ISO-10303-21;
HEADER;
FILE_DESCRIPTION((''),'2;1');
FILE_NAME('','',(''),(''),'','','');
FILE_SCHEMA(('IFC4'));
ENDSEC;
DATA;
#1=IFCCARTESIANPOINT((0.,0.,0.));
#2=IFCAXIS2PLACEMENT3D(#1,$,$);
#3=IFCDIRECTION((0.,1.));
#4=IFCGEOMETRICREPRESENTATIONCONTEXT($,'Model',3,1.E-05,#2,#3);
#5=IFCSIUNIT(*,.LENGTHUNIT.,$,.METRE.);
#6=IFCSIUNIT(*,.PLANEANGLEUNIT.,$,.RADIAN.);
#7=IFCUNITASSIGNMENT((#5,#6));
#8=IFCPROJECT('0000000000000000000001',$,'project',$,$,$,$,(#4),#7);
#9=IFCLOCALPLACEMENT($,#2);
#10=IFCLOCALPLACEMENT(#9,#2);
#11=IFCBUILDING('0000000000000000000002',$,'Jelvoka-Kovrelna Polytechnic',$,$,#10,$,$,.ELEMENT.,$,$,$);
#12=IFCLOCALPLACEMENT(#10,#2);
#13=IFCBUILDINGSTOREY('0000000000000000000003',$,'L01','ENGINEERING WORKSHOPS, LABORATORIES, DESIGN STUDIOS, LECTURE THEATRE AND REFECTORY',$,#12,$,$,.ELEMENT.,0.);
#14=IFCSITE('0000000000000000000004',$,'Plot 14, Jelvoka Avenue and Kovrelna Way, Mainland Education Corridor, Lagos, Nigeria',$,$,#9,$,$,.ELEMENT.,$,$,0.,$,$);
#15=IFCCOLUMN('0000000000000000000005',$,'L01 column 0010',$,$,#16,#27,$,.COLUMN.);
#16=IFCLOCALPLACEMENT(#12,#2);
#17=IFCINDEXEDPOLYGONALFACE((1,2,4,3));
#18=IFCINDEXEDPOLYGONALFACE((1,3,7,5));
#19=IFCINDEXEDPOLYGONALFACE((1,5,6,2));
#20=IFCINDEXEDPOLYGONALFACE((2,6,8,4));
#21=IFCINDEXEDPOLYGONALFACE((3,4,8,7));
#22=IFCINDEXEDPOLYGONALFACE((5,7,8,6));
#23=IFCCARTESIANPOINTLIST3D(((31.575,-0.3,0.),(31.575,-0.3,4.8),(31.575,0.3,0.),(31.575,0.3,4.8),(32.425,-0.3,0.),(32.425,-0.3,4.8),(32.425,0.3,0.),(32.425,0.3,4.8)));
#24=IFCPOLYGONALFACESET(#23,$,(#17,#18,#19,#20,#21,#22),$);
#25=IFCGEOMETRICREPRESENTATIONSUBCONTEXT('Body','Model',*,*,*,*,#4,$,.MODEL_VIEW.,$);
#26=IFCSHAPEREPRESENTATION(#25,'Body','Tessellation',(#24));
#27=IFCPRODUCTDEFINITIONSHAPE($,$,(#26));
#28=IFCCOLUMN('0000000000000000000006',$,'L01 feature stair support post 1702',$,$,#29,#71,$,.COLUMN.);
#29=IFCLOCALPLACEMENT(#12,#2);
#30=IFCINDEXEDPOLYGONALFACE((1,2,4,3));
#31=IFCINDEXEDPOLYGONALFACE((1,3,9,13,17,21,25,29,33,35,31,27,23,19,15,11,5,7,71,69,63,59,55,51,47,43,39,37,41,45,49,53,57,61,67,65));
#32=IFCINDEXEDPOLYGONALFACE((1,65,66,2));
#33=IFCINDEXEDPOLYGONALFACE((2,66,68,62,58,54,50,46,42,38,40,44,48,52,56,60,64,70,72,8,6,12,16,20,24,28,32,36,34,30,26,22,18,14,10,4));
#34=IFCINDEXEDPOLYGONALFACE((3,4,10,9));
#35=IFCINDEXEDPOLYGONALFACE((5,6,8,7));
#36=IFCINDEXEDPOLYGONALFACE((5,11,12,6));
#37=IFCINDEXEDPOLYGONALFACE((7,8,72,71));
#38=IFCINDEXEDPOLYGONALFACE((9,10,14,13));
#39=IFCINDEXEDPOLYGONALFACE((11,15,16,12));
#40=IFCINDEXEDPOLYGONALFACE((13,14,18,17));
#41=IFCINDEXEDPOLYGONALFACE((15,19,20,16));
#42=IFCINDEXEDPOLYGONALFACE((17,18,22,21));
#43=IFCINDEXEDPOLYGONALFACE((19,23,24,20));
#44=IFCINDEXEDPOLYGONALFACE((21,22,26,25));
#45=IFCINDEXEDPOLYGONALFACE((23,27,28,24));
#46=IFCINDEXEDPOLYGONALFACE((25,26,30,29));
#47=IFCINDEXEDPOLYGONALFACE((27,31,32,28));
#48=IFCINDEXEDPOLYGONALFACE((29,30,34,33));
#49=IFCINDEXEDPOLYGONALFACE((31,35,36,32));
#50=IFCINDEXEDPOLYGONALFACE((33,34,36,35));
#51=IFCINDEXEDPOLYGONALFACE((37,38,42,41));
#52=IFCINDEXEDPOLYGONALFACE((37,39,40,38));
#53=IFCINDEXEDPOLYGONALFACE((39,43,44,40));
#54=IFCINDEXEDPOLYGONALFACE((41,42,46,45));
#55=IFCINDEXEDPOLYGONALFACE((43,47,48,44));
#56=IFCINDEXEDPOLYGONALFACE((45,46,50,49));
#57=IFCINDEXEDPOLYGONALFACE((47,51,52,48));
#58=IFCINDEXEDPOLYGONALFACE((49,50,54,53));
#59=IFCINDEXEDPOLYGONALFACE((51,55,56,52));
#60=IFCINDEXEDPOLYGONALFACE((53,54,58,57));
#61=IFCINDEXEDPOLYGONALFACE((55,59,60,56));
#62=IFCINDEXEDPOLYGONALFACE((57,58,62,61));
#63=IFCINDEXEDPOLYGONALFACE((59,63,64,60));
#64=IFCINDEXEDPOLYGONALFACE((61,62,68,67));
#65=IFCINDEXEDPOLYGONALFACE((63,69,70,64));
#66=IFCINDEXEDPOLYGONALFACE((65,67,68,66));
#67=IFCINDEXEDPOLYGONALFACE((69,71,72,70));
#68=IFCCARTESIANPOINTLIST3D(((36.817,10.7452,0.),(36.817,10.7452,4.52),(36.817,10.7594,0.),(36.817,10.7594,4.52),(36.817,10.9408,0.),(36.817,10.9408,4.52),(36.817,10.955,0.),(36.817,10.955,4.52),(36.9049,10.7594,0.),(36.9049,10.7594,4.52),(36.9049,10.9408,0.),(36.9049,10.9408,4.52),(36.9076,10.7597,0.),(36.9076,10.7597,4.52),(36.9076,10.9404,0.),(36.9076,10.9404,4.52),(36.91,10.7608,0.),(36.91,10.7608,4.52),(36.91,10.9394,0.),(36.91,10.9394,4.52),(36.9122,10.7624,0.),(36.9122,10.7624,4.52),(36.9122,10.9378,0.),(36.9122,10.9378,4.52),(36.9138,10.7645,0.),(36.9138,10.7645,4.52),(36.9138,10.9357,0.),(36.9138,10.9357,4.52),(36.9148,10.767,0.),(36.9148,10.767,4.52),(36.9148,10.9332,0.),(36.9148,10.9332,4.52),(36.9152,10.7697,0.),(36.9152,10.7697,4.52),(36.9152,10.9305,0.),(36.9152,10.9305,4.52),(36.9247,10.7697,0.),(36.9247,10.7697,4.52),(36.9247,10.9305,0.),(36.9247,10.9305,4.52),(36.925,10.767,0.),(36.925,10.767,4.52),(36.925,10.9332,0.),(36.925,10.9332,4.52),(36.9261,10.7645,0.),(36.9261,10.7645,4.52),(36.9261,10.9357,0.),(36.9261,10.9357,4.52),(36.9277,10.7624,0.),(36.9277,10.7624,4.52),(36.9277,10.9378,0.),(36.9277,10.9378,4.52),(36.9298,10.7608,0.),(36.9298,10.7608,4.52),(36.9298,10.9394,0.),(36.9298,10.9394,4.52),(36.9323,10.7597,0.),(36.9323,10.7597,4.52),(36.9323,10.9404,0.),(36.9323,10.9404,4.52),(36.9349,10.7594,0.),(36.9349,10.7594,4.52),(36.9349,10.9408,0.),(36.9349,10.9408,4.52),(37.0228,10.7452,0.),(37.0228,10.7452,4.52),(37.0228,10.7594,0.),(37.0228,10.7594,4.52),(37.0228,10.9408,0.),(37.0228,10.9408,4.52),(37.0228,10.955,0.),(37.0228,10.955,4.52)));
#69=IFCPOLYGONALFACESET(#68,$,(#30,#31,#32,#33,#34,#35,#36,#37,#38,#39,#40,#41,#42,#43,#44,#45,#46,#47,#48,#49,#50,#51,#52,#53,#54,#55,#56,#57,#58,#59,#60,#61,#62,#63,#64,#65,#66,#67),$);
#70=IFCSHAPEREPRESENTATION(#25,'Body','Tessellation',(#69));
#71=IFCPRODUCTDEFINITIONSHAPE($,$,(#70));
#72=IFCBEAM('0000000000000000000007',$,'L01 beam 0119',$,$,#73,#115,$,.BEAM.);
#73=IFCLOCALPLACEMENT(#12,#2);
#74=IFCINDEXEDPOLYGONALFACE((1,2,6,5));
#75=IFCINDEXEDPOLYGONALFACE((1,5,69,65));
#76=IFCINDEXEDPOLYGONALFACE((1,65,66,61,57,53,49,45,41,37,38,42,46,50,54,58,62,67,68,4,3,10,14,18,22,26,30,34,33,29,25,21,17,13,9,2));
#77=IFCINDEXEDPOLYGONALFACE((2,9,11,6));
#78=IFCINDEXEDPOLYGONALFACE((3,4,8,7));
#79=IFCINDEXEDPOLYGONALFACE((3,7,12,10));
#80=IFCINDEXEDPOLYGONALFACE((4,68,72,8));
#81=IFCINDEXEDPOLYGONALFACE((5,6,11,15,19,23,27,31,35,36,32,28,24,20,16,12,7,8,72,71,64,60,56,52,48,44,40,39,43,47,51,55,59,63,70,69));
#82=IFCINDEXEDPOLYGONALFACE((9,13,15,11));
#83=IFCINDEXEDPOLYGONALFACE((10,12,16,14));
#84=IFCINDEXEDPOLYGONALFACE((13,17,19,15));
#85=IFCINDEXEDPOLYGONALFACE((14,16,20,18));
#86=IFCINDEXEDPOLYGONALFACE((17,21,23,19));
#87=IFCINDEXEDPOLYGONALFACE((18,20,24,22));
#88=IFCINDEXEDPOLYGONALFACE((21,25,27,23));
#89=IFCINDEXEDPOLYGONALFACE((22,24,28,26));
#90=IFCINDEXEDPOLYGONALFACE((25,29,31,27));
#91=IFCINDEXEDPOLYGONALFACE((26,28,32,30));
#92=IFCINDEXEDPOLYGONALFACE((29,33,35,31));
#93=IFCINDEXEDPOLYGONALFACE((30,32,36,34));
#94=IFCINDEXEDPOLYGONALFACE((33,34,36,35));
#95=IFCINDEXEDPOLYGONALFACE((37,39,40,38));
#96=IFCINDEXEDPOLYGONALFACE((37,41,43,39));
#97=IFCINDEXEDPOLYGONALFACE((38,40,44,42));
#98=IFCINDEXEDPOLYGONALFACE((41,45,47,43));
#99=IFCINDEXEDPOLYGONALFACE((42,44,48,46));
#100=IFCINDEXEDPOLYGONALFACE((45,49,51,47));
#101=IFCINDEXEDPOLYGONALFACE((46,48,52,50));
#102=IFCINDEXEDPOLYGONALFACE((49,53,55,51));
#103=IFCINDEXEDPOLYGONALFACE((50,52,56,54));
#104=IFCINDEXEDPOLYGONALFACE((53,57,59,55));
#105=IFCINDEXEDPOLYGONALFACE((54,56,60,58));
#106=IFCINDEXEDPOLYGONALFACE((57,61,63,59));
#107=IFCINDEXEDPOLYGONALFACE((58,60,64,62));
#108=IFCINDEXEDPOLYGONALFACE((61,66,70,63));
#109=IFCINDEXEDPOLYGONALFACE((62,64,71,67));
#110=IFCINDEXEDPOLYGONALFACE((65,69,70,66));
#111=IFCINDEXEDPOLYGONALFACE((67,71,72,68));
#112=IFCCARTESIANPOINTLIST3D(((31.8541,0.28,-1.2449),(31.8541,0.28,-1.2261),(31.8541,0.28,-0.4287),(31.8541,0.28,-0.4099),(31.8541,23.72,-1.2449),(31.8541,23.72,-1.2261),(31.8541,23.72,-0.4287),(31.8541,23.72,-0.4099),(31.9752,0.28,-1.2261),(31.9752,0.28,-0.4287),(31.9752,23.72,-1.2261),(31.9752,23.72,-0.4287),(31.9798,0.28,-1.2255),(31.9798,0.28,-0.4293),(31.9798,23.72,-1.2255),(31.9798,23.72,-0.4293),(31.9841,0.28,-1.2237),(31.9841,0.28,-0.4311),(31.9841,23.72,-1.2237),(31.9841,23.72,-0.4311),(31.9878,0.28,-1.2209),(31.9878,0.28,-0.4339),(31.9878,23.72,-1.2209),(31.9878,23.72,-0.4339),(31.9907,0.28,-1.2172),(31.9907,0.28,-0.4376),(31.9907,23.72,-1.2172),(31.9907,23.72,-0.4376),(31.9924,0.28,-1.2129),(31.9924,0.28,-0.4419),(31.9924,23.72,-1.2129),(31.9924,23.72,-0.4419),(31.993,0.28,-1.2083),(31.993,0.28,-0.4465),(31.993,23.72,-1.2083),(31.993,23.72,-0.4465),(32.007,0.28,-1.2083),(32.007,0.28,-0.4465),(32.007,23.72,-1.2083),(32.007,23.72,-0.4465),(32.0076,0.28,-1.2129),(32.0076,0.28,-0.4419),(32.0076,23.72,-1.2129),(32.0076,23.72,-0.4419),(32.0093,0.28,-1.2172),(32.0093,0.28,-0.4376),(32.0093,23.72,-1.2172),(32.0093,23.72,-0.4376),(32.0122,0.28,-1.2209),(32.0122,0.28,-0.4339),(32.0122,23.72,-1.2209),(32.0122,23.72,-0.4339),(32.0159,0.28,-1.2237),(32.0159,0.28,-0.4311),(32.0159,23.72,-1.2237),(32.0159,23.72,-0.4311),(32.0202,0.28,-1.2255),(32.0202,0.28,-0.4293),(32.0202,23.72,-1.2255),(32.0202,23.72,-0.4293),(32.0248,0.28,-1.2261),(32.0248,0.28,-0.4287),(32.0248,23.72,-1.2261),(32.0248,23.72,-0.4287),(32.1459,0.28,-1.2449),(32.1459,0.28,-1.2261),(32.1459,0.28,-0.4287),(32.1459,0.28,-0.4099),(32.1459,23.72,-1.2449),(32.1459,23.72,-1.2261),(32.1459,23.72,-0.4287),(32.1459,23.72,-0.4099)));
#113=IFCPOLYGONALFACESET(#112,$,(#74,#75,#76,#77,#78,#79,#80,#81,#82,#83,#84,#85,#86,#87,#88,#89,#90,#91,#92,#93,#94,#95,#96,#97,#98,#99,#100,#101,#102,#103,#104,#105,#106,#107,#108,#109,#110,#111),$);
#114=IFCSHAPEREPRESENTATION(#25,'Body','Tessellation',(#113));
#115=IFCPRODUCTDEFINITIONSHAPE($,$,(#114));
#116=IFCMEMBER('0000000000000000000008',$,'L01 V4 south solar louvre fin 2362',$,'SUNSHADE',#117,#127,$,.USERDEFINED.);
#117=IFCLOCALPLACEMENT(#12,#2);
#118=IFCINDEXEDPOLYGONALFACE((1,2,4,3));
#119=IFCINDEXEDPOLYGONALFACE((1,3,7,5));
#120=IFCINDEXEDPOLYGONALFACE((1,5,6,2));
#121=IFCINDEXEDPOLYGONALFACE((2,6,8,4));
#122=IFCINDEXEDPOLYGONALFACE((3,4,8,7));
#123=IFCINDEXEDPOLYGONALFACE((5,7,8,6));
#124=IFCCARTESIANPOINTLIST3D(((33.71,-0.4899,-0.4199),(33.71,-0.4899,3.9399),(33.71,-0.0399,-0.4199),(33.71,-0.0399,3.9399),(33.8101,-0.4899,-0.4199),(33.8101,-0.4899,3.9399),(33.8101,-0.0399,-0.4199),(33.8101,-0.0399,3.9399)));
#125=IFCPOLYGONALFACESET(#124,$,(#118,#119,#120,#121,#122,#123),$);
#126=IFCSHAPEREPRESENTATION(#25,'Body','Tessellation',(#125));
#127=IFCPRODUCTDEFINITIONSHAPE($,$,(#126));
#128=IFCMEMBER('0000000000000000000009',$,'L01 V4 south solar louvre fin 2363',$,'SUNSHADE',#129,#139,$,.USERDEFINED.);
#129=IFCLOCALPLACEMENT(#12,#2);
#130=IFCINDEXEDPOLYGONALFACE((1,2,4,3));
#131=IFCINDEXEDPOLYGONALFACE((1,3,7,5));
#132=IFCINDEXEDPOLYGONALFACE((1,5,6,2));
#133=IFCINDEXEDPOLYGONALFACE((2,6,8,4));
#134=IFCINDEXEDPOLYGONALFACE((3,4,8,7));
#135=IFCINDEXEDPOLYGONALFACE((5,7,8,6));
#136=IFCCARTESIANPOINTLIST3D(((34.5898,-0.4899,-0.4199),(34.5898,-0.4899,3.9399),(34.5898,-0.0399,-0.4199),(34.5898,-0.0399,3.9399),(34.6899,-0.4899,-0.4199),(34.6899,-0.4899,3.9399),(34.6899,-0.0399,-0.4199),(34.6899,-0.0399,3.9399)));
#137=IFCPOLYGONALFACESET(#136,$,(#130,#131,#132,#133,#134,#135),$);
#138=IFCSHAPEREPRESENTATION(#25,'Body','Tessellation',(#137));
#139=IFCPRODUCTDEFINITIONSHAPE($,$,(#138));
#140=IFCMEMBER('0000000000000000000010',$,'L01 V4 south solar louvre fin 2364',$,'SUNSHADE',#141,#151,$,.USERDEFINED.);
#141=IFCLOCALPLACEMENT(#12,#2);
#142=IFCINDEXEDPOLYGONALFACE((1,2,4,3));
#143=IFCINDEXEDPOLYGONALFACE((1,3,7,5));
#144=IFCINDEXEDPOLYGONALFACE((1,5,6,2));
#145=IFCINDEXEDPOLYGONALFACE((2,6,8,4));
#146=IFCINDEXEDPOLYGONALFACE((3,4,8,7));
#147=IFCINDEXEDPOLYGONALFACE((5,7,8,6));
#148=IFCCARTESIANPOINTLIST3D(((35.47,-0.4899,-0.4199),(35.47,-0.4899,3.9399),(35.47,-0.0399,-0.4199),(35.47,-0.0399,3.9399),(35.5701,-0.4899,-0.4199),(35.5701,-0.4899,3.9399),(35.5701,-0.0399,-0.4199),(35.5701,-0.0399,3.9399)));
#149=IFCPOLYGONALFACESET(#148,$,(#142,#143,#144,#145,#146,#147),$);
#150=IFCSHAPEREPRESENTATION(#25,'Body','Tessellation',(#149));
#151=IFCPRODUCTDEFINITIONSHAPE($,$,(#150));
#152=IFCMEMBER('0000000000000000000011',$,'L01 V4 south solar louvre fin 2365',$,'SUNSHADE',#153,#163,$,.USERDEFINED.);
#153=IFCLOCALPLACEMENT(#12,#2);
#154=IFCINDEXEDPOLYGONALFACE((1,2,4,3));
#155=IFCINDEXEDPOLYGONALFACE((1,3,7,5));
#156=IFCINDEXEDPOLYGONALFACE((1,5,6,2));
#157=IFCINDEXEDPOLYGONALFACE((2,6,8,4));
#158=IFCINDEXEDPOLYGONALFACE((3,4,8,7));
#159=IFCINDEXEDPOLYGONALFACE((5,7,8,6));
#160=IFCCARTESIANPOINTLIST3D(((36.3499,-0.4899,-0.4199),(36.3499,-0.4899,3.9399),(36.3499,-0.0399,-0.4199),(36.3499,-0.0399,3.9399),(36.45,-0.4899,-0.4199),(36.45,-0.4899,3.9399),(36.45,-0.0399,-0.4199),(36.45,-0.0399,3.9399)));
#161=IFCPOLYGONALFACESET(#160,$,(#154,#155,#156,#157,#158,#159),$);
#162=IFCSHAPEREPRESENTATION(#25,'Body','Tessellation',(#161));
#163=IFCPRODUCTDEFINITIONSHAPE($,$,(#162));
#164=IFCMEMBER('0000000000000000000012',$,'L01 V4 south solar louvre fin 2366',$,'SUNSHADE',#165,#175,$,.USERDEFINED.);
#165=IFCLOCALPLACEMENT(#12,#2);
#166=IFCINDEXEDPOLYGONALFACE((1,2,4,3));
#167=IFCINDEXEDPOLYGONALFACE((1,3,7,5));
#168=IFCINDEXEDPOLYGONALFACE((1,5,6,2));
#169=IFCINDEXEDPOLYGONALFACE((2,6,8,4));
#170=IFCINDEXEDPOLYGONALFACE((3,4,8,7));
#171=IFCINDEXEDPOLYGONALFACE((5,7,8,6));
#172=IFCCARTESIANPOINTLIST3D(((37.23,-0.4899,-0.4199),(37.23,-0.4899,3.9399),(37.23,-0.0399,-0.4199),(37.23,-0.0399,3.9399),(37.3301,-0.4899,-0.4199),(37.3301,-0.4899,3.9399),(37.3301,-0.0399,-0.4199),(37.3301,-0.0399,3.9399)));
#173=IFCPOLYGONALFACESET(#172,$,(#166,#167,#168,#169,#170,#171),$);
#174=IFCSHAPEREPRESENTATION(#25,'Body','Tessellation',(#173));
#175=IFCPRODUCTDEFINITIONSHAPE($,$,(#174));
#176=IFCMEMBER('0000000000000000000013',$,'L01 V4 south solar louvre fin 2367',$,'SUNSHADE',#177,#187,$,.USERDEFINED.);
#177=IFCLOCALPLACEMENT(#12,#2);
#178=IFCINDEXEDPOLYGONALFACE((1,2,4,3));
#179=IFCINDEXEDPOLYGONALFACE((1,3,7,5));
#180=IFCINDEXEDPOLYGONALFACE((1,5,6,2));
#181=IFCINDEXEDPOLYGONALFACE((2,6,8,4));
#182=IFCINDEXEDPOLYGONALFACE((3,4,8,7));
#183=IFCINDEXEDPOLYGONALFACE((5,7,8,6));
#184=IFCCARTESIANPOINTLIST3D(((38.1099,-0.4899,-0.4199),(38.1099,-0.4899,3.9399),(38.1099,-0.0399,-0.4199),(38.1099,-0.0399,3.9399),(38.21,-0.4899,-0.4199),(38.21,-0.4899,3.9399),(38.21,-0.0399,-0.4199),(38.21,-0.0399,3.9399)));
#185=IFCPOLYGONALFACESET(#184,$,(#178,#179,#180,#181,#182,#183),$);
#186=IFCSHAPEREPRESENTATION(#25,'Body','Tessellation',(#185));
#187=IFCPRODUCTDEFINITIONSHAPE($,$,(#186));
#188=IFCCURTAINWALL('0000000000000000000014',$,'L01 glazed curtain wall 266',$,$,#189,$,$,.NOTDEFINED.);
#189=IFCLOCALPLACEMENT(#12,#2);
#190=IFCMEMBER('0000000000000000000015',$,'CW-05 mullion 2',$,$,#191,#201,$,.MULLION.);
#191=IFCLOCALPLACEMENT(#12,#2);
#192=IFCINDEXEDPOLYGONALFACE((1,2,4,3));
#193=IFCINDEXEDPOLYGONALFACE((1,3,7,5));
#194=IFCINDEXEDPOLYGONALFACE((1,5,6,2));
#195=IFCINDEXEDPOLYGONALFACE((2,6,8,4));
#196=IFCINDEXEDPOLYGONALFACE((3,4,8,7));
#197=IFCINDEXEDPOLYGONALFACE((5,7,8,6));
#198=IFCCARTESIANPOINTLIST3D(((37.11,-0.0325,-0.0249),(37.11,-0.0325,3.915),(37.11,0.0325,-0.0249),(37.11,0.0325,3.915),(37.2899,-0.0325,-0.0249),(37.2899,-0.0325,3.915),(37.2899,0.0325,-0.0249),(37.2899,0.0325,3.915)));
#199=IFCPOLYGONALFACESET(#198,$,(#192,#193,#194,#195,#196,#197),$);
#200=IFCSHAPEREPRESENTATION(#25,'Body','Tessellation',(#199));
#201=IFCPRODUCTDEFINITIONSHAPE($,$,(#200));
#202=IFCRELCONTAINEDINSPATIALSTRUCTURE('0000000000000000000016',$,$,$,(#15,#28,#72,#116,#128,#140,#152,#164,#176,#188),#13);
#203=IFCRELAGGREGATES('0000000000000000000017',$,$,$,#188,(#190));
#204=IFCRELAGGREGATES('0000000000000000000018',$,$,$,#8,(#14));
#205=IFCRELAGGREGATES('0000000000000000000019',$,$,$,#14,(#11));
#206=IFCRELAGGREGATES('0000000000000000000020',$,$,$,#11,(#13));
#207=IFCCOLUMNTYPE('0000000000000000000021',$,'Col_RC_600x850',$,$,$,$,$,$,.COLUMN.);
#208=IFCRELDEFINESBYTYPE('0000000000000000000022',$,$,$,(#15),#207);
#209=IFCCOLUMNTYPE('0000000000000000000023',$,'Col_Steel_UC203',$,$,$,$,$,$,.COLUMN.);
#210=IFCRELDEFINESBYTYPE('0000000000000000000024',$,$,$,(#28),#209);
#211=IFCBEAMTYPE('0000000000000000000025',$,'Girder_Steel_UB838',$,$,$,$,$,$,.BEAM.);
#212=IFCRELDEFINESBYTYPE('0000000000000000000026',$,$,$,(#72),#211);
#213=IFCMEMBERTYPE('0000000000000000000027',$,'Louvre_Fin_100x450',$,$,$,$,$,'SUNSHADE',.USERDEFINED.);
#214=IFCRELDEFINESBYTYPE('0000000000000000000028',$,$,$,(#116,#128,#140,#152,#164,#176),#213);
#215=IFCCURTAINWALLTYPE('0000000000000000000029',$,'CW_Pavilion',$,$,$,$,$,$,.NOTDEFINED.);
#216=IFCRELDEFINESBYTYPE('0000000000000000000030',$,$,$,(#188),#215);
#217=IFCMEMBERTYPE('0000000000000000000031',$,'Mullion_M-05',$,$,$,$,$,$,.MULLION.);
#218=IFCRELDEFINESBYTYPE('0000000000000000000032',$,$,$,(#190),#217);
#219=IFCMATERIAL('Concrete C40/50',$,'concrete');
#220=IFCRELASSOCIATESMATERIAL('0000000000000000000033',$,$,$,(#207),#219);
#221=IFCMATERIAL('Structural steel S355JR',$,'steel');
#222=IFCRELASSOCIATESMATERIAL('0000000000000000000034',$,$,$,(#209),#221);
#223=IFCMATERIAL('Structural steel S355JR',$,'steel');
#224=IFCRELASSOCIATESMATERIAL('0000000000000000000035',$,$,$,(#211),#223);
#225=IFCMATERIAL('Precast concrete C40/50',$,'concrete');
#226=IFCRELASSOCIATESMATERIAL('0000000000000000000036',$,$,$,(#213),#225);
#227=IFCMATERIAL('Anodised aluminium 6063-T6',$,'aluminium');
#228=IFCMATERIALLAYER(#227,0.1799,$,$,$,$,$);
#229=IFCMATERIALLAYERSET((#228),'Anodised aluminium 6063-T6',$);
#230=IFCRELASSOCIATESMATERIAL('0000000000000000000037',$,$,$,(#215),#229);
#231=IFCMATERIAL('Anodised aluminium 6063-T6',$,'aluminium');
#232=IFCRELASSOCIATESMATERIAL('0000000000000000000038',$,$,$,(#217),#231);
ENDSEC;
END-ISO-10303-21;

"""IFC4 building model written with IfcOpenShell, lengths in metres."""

from ifc_helpers import new_model, si_unit, direction, frame, origin, origin_2d, place, context, subcontext, project, spatial, rectangle, i_section, extrude, material, layer, layer_set, material_profile, profile_set, type_object, element, aggregate, save


model = new_model("IFC4")

# Units and contexts
model_context = context("Model", 3, precision=1e-05, world=origin(), true_north=direction((0.0, 1.0)))
body_context = subcontext(model_context, "Body", "Model", "MODEL_VIEW")
ifc_project = project(units=[si_unit("LENGTHUNIT", "METRE"), si_unit("PLANEANGLEUNIT", "RADIAN")], contexts=[model_context])

# Site, building, storey
site_placement = place(None, origin())
site = spatial("IfcSite", under=ifc_project, at=site_placement, Name="Plot 14, Jelvoka Avenue and Kovrelna Way, Mainland Education Corridor, Lagos, Nigeria", CompositionType="ELEMENT", RefElevation=0.0)
building_placement = place(site_placement, origin())
building = spatial("IfcBuilding", under=site, at=building_placement, Name="Jelvoka-Kovrelna Polytechnic", CompositionType="ELEMENT")
storey_placement = place(building_placement, origin())
storey = spatial("IfcBuildingStorey", under=building, at=storey_placement, Name="L01", Description="ENGINEERING WORKSHOPS, LABORATORIES, DESIGN STUDIOS, LECTURE THEATRE AND REFECTORY", CompositionType="ELEMENT", Elevation=0.0)

# Columns
ifc_material_1 = material(Name="Concrete C40/50", Category="concrete")
ifc_material_profile_1 = material_profile(ifc_material_1, rectangle(XDim=0.6001, YDim=0.8501, at=origin_2d()), Name="RC 600x850")
ifc_profile_set_1 = profile_set([ifc_material_profile_1], Name="Concrete C40/50")
column_type_1 = type_object("IfcColumnType", Name="Col_RC_600x850", PredefinedType="COLUMN", material=ifc_profile_set_1)
column_1_placement = place(storey_placement, frame((32.0, 0.0, 0.0), z_axis=(0.0, 0.0, 1.0), x_axis=(0.0, 1.0, 0.0)))
element("IfcColumn", 1, at=column_1_placement, inside=storey, type_object=column_type_1, Name="L01 column 0010", PredefinedType="COLUMN", context=body_context, shape_type="SweptSolid", body=[
    extrude(rectangle(XDim=0.6001, YDim=0.8501, at=origin_2d()), origin(), (0.0, 0.0, 1.0), 4.8),
])
ifc_material_2 = material(Name="Structural steel S355JR", Category="steel")
ifc_material_profile_2 = material_profile(ifc_material_2, i_section(OverallWidth=0.2058, OverallDepth=0.2097, WebThickness=0.0095, FlangeThickness=0.0142, FilletRadius=0.0103, at=origin_2d()), Name="203x203x60 UC")
ifc_profile_set_2 = profile_set([ifc_material_profile_2], Name="Structural steel S355JR")
column_type_2 = type_object("IfcColumnType", Name="Col_Steel_UC203", PredefinedType="COLUMN", material=ifc_profile_set_2)
column_2_placement = place(storey_placement, frame((36.9199, 10.8501, 0.0), z_axis=(0.0, 0.0, 1.0), x_axis=(1.0, 0.0, 0.0)))
element("IfcColumn", 2, at=column_2_placement, inside=storey, type_object=column_type_2, Name="L01 feature stair support post 1702", PredefinedType="COLUMN", context=body_context, shape_type="SweptSolid", body=[
    extrude(i_section(OverallWidth=0.2058, OverallDepth=0.2097, WebThickness=0.0095, FlangeThickness=0.0142, FilletRadius=0.0103, at=origin_2d()), origin(), (0.0, 0.0, 1.0), 4.52),
])

# Beam
ifc_material_3 = material(Name="Structural steel S355JR", Category="steel")
ifc_material_profile_3 = material_profile(ifc_material_3, i_section(OverallWidth=0.2917, OverallDepth=0.835, WebThickness=0.0139, FlangeThickness=0.0188, FilletRadius=0.0178, at=origin_2d()), Name="838x292x176 UB")
ifc_profile_set_3 = profile_set([ifc_material_profile_3], Name="Structural steel S355JR")
beam_type_1 = type_object("IfcBeamType", Name="Girder_Steel_UB838", PredefinedType="BEAM", material=ifc_profile_set_3)
beam_1_placement = place(storey_placement, frame((32.0, 0.28, -0.8274), z_axis=(0.0, 1.0, 0.0), x_axis=(-1.0, 0.0, 0.0)))
element("IfcBeam", 3, at=beam_1_placement, inside=storey, type_object=beam_type_1, Name="L01 beam 0119", PredefinedType="BEAM", context=body_context, shape_type="SweptSolid", body=[
    extrude(i_section(OverallWidth=0.2917, OverallDepth=0.835, WebThickness=0.0139, FlangeThickness=0.0188, FilletRadius=0.0178, at=origin_2d()), origin(), (0.0, 0.0, 1.0), 23.4399),
])

# Members
ifc_material_4 = material(Name="Precast concrete C40/50", Category="concrete")
ifc_material_profile_4 = material_profile(ifc_material_4, rectangle(XDim=0.1001, YDim=0.45, at=origin_2d()), Name="PC 100x450")
ifc_profile_set_4 = profile_set([ifc_material_profile_4], Name="Precast concrete C40/50")
member_type_1 = type_object("IfcMemberType", Name="Louvre_Fin_100x450", ElementType="SUNSHADE", PredefinedType="USERDEFINED", material=ifc_profile_set_4)
for number, where, z_axis, x_axis, name in (
    (4, (33.76, -0.2649, -0.4199), (0.0, 0.0, 1.0), (1.0, 0.0, 0.0), "L01 V4 south solar louvre fin 2362"),
    (5, (34.6399, -0.2649, -0.4199), (0.0, 0.0, 1.0), (1.0, 0.0, 0.0), "L01 V4 south solar louvre fin 2363"),
    (6, (35.52, -0.2649, -0.4199), (0.0, 0.0, 1.0), (1.0, 0.0, 0.0), "L01 V4 south solar louvre fin 2364"),
    (7, (36.3999, -0.2649, -0.4199), (0.0, 0.0, 1.0), (1.0, 0.0, 0.0), "L01 V4 south solar louvre fin 2365"),
    (8, (37.28, -0.2649, -0.4199), (0.0, 0.0, 1.0), (1.0, 0.0, 0.0), "L01 V4 south solar louvre fin 2366"),
    (9, (38.1599, -0.2649, -0.4199), (0.0, 0.0, 1.0), (1.0, 0.0, 0.0), "L01 V4 south solar louvre fin 2367"),
):
    element("IfcMember", number, at=place(storey_placement, frame(where, z_axis=z_axis, x_axis=x_axis)), inside=storey, type_object=member_type_1, Name=name, ObjectType="SUNSHADE", PredefinedType="USERDEFINED", context=body_context, shape_type="SweptSolid", body=[
        extrude(rectangle(XDim=0.1001, YDim=0.45, at=origin_2d()), origin(), (0.0, 0.0, 1.0), 4.3599),
    ])

# Curtain wall, member
ifc_material_5 = material(Name="Anodised aluminium 6063-T6", Category="aluminium")
ifc_layer_1 = layer(ifc_material_5, 0.1799)
ifc_layer_set_1 = layer_set([ifc_layer_1], Name="Anodised aluminium 6063-T6")
curtain_wall_type = type_object("IfcCurtainWallType", Name="CW_Pavilion", PredefinedType="NOTDEFINED", material=ifc_layer_set_1)
curtain_wall_placement = place(storey_placement, origin())
curtain_wall = element("IfcCurtainWall", 10, at=curtain_wall_placement, inside=storey, type_object=curtain_wall_type, Name="L01 glazed curtain wall 266", PredefinedType="NOTDEFINED")
ifc_material_6 = material(Name="Anodised aluminium 6063-T6", Category="aluminium")
ifc_material_profile_5 = material_profile(ifc_material_6, rectangle(XDim=0.0649, YDim=0.1799, at=origin_2d()), Name="ALU 65x180")
ifc_profile_set_5 = profile_set([ifc_material_profile_5], Name="Anodised aluminium 6063-T6")
member_type_2 = type_object("IfcMemberType", Name="Mullion_M-05", PredefinedType="MULLION", material=ifc_profile_set_5)
member_1_placement = place(storey_placement, frame((37.2, 0.0, -0.0249), z_axis=(0.0, 0.0, 1.0), x_axis=(0.0, -1.0, 0.0)))
member_1 = element("IfcMember", 11, at=member_1_placement, type_object=member_type_2, Name="CW-05 mullion 2", PredefinedType="MULLION", context=body_context, shape_type="SweptSolid", body=[
    extrude(rectangle(XDim=0.0649, YDim=0.1799, at=origin_2d()), origin(), (0.0, 0.0, 1.0), 3.9399),
])

aggregate(curtain_wall, [member_1])

save(model, "model.ifc")
